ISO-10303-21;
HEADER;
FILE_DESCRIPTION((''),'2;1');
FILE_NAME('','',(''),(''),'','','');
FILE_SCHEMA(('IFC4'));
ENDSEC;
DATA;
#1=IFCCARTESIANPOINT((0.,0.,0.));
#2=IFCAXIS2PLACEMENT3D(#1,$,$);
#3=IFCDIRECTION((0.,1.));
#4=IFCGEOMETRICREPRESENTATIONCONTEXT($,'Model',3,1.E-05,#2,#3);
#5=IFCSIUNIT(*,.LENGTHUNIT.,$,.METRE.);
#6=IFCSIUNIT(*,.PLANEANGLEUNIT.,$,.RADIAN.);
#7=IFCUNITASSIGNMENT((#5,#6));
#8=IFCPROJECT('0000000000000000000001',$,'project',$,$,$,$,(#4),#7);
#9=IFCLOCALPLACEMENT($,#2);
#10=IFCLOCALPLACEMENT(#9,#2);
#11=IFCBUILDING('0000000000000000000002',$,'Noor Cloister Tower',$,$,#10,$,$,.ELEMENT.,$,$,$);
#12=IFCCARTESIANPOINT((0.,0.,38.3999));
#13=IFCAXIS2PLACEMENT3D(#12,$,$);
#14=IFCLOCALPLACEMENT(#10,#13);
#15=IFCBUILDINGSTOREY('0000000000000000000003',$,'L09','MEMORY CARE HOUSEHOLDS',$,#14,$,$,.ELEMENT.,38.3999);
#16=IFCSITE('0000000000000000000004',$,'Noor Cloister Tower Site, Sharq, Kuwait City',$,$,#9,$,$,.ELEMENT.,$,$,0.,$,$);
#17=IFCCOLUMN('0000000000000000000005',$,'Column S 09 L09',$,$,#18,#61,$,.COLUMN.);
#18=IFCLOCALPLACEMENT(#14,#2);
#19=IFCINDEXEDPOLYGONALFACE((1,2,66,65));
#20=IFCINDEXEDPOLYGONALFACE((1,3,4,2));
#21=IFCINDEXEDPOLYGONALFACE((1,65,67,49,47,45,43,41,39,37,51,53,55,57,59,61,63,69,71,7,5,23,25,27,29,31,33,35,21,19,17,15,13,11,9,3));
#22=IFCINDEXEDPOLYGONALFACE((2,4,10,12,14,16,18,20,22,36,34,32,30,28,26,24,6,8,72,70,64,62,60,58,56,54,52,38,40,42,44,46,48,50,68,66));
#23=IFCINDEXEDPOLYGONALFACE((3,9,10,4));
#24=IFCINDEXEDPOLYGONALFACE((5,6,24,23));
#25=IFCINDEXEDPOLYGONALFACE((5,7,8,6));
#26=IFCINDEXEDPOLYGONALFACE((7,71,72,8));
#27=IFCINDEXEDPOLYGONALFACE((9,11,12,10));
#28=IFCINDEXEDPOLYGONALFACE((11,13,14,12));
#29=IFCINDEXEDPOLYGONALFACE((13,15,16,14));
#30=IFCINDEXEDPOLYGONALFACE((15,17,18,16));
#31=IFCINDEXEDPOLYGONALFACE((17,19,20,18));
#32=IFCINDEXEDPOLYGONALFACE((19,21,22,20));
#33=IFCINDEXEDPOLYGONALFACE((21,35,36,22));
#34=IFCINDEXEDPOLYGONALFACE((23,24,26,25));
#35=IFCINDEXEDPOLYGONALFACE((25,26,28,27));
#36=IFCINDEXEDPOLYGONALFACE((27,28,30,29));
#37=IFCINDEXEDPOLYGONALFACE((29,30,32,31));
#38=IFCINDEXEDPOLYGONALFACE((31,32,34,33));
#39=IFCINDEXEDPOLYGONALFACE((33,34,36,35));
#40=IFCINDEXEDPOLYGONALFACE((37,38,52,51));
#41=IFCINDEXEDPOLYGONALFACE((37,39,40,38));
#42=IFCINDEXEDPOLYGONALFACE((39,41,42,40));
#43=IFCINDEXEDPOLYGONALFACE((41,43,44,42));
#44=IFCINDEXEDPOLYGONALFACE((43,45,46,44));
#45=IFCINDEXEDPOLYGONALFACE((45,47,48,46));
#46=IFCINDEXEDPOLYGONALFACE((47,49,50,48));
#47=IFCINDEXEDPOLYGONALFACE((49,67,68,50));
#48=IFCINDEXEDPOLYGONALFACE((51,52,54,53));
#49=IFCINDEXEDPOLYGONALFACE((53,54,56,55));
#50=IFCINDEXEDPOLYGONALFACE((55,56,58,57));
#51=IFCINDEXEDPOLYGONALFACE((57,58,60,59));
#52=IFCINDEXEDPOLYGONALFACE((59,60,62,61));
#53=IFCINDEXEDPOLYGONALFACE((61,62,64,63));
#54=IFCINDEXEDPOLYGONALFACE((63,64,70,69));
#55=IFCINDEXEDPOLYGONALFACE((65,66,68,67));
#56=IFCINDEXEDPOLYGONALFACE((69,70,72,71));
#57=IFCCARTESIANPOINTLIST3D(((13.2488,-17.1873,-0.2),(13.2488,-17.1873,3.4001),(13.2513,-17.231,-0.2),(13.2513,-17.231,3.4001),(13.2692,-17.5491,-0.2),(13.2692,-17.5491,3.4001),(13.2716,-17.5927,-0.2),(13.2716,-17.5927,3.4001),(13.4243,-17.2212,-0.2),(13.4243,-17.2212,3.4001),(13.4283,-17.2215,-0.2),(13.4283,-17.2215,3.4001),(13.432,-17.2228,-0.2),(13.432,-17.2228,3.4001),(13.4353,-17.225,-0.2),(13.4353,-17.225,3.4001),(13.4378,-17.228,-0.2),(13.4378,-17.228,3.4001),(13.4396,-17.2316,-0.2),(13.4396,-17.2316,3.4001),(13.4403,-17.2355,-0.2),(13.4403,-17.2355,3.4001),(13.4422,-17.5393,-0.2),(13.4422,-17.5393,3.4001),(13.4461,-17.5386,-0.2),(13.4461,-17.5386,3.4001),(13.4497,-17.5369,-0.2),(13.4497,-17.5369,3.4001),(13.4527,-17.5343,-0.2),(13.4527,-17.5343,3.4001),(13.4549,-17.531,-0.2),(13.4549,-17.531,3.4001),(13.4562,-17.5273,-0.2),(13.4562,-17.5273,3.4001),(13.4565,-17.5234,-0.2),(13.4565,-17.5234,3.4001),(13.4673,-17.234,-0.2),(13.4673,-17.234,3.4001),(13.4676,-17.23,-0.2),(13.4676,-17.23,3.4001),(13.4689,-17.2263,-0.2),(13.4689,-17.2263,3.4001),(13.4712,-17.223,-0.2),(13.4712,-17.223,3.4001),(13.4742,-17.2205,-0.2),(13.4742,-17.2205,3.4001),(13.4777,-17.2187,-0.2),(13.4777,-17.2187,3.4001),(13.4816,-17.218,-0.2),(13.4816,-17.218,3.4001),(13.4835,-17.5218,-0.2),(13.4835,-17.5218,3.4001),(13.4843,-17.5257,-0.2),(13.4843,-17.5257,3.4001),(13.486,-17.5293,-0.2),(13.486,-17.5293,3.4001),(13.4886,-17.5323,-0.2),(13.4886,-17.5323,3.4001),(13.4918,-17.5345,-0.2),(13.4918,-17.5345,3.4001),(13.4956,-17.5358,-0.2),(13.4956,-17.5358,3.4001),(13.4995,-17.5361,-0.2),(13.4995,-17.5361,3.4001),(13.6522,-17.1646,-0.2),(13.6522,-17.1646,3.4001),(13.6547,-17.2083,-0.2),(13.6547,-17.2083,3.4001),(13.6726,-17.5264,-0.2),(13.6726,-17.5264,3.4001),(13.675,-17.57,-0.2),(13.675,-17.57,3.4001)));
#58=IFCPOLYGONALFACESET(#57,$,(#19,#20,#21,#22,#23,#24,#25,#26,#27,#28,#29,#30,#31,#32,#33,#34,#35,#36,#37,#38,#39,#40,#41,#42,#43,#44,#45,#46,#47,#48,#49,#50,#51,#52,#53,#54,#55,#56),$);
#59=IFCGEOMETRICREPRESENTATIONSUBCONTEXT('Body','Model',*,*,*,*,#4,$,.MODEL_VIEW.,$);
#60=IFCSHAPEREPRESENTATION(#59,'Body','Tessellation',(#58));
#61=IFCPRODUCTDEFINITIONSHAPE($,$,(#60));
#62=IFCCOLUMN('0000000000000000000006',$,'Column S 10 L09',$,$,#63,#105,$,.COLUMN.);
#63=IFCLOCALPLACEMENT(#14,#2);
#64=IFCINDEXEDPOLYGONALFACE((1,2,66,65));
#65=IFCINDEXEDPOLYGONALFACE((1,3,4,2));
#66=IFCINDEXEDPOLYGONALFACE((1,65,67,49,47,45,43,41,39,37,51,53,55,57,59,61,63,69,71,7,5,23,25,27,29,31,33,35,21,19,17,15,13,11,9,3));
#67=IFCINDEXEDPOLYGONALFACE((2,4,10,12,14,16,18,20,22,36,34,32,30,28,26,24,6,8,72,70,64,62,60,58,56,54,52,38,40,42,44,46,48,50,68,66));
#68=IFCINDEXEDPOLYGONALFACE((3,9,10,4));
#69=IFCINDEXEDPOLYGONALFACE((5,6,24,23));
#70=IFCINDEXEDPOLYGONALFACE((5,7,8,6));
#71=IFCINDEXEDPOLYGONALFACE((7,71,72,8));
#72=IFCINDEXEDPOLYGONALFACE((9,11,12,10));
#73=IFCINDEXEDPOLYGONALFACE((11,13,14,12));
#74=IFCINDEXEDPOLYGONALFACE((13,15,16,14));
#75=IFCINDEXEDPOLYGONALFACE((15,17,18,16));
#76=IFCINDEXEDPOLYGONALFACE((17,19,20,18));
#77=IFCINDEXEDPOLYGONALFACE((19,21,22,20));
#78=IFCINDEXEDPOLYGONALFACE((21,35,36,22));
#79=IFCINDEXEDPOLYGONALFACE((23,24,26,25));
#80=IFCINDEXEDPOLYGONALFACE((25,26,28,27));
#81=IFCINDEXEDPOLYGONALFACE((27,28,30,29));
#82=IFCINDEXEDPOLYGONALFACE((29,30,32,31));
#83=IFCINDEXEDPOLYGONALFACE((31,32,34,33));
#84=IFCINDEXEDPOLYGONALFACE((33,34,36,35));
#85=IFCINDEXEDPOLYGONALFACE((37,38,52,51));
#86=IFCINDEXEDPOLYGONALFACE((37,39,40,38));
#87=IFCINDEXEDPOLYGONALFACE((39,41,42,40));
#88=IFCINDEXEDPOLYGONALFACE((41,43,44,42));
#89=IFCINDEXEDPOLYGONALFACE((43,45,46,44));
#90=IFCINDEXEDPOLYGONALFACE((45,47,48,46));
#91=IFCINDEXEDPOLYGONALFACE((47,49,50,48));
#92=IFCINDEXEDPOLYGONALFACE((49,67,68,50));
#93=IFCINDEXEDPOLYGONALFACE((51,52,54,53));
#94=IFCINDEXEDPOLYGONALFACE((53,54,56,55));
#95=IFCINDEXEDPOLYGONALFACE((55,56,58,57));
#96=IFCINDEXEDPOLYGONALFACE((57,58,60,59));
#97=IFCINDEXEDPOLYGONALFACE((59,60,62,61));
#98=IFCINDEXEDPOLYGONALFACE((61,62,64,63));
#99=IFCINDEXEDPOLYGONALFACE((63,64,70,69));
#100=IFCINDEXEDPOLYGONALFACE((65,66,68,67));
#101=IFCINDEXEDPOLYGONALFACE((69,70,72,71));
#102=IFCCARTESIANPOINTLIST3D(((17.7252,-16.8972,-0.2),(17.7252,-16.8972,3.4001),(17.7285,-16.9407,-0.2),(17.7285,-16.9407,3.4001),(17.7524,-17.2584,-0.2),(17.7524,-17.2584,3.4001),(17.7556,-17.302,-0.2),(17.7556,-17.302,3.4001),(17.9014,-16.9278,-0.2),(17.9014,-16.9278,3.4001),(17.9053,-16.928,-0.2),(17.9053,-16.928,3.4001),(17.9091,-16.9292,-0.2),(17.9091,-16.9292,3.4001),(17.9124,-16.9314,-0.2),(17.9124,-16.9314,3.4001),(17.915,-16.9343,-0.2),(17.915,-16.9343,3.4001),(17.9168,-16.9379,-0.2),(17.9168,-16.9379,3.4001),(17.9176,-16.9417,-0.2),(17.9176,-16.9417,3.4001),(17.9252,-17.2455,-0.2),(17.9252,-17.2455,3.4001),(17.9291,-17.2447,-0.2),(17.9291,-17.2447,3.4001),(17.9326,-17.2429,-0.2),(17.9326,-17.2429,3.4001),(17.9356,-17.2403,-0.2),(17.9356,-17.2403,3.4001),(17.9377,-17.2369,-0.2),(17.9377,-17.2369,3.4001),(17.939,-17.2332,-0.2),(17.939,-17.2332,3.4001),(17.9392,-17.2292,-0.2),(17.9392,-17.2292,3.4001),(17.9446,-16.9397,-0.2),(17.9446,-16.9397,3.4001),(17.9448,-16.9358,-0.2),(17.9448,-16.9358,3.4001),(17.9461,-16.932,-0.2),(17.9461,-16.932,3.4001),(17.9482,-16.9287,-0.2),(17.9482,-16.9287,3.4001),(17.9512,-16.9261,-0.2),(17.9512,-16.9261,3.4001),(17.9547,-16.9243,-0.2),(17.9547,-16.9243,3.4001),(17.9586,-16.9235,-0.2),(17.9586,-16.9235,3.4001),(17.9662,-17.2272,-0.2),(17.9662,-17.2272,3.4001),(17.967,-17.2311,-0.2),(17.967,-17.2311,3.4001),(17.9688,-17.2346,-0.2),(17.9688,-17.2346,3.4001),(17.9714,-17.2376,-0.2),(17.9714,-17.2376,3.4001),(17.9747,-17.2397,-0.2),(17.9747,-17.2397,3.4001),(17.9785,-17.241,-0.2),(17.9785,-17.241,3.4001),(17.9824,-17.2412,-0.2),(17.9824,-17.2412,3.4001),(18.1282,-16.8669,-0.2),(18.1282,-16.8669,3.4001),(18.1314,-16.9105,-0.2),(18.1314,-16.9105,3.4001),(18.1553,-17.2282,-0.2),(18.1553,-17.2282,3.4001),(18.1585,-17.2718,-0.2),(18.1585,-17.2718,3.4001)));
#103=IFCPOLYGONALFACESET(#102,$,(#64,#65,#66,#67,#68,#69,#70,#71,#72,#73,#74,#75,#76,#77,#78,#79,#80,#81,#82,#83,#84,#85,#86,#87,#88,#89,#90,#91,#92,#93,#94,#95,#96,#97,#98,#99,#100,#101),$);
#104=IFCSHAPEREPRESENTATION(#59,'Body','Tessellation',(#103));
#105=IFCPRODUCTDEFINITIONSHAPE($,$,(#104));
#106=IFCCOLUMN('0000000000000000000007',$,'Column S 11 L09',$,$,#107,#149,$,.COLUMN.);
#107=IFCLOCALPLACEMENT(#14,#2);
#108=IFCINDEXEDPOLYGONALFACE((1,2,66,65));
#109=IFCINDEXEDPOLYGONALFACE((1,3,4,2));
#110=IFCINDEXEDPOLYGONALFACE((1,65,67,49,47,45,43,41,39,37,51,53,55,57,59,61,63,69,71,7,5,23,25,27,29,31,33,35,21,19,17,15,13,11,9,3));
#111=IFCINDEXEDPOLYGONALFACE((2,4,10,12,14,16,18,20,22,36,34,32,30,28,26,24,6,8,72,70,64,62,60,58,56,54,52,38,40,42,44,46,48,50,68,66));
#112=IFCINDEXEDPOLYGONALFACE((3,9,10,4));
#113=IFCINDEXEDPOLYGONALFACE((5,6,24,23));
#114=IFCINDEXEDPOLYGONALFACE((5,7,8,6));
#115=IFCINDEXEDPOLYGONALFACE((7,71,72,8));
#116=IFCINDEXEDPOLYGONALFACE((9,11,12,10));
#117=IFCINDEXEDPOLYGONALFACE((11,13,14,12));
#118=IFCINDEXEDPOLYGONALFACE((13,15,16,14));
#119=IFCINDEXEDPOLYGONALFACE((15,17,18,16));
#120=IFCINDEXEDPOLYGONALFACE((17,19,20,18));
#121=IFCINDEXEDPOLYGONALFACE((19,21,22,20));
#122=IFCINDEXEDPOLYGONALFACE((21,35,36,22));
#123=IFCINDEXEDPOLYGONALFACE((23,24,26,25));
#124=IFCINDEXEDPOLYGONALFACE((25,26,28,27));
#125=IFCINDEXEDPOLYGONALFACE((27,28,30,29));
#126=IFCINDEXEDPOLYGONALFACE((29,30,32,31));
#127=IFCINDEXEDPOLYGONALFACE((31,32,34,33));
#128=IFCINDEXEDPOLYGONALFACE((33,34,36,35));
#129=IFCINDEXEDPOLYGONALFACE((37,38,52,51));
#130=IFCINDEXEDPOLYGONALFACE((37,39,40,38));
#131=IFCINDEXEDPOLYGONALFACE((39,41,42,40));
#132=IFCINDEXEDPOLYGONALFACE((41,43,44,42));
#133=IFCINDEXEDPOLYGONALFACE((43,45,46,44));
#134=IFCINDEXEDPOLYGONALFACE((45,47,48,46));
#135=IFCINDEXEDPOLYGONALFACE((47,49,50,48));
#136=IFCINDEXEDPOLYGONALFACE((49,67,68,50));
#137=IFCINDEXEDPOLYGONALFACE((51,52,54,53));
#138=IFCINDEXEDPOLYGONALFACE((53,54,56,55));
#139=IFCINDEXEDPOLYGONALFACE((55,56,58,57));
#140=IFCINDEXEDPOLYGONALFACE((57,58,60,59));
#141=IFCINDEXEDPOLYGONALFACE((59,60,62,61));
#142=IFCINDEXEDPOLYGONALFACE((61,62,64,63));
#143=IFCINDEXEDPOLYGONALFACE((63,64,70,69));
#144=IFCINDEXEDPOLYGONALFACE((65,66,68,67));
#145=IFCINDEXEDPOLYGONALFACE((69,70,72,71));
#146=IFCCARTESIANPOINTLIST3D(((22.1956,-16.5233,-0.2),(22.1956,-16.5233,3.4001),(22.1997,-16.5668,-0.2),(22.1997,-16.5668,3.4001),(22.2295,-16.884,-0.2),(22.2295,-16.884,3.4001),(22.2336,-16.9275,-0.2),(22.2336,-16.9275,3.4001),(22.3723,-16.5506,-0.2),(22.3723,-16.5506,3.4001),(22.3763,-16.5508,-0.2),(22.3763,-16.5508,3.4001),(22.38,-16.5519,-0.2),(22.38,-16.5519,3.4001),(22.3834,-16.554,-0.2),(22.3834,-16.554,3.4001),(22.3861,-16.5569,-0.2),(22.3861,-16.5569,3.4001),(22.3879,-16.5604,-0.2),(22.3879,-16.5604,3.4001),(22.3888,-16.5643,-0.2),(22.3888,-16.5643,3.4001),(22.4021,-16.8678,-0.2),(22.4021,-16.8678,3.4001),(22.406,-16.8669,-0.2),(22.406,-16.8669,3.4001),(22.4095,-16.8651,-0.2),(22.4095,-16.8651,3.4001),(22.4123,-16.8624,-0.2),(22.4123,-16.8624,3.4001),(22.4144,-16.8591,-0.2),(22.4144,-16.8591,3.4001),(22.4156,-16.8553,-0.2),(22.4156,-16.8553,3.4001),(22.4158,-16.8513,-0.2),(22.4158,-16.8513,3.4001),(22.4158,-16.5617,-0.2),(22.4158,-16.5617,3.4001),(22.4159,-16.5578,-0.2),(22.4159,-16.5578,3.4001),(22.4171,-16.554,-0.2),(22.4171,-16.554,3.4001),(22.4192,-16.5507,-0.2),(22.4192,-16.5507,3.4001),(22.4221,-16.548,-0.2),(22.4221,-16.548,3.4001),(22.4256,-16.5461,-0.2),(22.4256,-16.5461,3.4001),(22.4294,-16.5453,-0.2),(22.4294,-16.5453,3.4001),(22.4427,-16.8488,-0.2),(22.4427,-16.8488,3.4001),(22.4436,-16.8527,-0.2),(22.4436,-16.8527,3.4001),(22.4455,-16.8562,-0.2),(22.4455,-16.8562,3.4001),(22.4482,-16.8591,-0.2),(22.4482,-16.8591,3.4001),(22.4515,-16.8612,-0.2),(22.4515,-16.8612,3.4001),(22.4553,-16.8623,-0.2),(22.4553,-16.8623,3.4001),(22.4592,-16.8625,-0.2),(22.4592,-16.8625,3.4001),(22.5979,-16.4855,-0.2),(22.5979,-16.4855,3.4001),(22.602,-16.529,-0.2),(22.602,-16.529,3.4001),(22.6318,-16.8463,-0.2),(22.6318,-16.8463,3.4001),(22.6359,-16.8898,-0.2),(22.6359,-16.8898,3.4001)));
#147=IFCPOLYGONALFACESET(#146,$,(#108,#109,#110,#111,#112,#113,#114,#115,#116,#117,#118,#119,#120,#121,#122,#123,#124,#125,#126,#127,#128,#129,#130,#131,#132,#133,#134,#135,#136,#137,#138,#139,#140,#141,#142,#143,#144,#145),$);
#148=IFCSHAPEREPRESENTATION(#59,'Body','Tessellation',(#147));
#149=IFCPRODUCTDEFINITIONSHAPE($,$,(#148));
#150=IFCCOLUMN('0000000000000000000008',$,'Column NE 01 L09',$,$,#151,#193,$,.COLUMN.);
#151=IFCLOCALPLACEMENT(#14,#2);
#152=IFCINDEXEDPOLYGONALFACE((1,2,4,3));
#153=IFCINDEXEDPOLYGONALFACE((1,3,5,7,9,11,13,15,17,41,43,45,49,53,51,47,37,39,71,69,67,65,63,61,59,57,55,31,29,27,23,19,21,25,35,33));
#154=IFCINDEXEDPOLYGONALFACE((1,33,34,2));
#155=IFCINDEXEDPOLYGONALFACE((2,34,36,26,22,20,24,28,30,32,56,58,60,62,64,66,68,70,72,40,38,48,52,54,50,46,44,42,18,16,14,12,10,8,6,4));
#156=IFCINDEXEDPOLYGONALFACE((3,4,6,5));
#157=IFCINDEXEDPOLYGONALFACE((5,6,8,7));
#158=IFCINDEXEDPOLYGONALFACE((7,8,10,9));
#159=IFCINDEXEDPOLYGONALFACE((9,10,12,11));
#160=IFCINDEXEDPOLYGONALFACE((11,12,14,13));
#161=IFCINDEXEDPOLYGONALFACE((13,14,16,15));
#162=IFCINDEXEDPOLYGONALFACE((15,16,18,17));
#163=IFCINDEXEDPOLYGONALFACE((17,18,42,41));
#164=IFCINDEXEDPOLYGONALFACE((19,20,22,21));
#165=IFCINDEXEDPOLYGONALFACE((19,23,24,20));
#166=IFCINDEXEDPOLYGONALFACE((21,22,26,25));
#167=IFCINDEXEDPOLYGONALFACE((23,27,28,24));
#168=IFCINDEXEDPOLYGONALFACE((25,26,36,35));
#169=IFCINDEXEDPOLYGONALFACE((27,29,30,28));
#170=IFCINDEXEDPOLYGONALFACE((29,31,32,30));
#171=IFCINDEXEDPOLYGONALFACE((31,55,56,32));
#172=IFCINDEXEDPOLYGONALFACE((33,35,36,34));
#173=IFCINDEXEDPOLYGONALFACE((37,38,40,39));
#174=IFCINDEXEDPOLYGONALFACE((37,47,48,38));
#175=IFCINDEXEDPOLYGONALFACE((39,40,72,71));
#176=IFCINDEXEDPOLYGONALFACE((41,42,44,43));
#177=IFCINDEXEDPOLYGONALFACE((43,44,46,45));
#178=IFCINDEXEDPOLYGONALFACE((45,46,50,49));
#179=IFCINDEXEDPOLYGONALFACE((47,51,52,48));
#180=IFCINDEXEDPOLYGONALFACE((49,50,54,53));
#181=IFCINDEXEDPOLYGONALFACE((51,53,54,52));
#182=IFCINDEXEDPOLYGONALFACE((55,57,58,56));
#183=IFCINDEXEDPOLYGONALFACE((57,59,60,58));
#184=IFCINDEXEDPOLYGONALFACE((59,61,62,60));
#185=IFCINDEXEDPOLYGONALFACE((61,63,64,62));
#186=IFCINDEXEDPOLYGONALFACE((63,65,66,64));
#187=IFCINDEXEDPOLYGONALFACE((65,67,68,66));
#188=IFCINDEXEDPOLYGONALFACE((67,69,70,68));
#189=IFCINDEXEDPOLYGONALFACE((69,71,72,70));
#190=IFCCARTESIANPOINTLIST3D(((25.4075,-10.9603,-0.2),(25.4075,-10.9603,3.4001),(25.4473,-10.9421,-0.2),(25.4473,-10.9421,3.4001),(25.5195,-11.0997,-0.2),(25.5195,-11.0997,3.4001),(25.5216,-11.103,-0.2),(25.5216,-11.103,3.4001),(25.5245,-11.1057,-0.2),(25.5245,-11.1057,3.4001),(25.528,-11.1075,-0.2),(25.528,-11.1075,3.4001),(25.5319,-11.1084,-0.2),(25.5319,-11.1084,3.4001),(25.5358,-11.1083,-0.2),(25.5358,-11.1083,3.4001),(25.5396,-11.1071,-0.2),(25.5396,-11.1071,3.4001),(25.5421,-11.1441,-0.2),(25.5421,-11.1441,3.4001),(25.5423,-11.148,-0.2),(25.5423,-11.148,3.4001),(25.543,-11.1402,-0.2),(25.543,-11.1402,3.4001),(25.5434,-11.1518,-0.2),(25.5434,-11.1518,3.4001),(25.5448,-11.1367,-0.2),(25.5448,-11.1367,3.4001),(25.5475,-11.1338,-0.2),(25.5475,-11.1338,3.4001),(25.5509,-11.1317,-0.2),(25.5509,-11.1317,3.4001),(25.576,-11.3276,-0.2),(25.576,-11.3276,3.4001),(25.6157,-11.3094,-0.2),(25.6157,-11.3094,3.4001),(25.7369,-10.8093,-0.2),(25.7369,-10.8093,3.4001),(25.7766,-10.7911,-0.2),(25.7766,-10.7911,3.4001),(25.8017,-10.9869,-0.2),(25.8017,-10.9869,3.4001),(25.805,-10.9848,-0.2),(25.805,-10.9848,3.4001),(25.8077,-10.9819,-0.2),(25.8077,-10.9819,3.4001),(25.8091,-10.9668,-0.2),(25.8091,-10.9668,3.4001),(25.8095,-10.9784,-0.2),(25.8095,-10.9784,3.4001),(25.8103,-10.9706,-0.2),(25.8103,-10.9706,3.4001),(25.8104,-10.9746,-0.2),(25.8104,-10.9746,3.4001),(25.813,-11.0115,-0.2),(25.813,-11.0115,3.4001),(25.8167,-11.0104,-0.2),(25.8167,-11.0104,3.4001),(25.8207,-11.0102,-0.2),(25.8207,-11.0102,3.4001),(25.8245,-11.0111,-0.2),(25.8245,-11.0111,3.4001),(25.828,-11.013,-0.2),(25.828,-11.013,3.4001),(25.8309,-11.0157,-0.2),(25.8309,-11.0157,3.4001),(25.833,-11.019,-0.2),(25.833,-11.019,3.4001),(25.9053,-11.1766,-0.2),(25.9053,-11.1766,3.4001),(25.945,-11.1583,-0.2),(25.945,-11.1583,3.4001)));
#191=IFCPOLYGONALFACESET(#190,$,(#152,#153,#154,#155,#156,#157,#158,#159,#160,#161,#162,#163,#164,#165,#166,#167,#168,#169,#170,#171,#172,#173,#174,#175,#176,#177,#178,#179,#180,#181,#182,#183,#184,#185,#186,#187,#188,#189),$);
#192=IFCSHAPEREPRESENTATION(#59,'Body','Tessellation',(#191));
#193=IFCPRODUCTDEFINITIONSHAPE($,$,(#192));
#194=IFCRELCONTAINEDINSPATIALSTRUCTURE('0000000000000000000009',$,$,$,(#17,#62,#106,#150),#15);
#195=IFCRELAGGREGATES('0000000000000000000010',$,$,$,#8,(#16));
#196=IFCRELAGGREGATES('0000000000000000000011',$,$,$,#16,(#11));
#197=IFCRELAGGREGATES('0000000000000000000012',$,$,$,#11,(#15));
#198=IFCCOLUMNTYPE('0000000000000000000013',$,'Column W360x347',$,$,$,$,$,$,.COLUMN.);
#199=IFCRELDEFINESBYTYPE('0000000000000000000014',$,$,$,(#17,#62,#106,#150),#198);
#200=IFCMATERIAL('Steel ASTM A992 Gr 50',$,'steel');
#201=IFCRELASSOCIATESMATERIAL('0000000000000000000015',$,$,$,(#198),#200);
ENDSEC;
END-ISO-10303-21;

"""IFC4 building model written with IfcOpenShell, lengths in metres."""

from ifc_helpers import new_model, si_unit, direction, frame, origin, origin_2d, place, context, subcontext, project, spatial, i_section, extrude, material, material_profile, profile_set, type_object, element, save


model = new_model("IFC4")

# Units and contexts
model_context = context("Model", 3, precision=1e-05, world=origin(), true_north=direction((0.0, 1.0)))
body_context = subcontext(model_context, "Body", "Model", "MODEL_VIEW")
ifc_project = project(units=[si_unit("LENGTHUNIT", "METRE"), si_unit("PLANEANGLEUNIT", "RADIAN")], contexts=[model_context])

# Site, building, storey
site_placement = place(None, origin())
site = spatial("IfcSite", under=ifc_project, at=site_placement, Name="Noor Cloister Tower Site, Sharq, Kuwait City", CompositionType="ELEMENT", RefElevation=0.0)
building_placement = place(site_placement, origin())
building = spatial("IfcBuilding", under=site, at=building_placement, Name="Noor Cloister Tower", CompositionType="ELEMENT")
storey_placement = place(building_placement, frame((0.0, 0.0, 38.3999)))
storey = spatial("IfcBuildingStorey", under=building, at=storey_placement, Name="L09", Description="MEMORY CARE HOUSEHOLDS", CompositionType="ELEMENT", Elevation=38.3999)

# Columns
ifc_material_1 = material(Name="Steel ASTM A992 Gr 50", Category="steel")
ifc_material_profile_1 = material_profile(ifc_material_1, i_section(OverallWidth=0.4041, OverallDepth=0.406, WebThickness=0.0271, FlangeThickness=0.0437, FilletRadius=0.0151, at=origin_2d()), Name="W360x347")
ifc_profile_set_1 = profile_set([ifc_material_profile_1], Name="Steel ASTM A992 Gr 50")
column_type_1 = type_object("IfcColumnType", Name="Column W360x347", PredefinedType="COLUMN", material=ifc_profile_set_1)
for number, where, z_axis, x_axis, name in (
    (1, (13.4619, -17.3787, -0.2), (0.0, 0.0, 1.0), (0.998422, 0.056153, 0.0), "Column S 09 L09"),
    (2, (17.9419, -17.0845, -0.2), (0.0, 0.0, 1.0), (0.997196, 0.07484, 0.0), "Column S 10 L09"),
    (3, (22.4158, -16.7065, -0.2), (0.0, 0.0, 1.0), (0.995619, 0.0935, 0.0), "Column S 11 L09"),
    (4, (25.6763, -11.0593, -0.2), (0.0, 0.0, 1.0), (-0.416836, 0.908982, 0.0), "Column NE 01 L09"),
):
    element("IfcColumn", number, at=place(storey_placement, frame(where, z_axis=z_axis, x_axis=x_axis)), inside=storey, type_object=column_type_1, Name=name, PredefinedType="COLUMN", context=body_context, shape_type="SweptSolid", body=[
        extrude(i_section(OverallWidth=0.4041, OverallDepth=0.406, WebThickness=0.0271, FlangeThickness=0.0437, FilletRadius=0.0151, at=origin_2d()), origin(), (0.0, 0.0, 1.0), 3.6001),
    ])

save(model, "model.ifc")
